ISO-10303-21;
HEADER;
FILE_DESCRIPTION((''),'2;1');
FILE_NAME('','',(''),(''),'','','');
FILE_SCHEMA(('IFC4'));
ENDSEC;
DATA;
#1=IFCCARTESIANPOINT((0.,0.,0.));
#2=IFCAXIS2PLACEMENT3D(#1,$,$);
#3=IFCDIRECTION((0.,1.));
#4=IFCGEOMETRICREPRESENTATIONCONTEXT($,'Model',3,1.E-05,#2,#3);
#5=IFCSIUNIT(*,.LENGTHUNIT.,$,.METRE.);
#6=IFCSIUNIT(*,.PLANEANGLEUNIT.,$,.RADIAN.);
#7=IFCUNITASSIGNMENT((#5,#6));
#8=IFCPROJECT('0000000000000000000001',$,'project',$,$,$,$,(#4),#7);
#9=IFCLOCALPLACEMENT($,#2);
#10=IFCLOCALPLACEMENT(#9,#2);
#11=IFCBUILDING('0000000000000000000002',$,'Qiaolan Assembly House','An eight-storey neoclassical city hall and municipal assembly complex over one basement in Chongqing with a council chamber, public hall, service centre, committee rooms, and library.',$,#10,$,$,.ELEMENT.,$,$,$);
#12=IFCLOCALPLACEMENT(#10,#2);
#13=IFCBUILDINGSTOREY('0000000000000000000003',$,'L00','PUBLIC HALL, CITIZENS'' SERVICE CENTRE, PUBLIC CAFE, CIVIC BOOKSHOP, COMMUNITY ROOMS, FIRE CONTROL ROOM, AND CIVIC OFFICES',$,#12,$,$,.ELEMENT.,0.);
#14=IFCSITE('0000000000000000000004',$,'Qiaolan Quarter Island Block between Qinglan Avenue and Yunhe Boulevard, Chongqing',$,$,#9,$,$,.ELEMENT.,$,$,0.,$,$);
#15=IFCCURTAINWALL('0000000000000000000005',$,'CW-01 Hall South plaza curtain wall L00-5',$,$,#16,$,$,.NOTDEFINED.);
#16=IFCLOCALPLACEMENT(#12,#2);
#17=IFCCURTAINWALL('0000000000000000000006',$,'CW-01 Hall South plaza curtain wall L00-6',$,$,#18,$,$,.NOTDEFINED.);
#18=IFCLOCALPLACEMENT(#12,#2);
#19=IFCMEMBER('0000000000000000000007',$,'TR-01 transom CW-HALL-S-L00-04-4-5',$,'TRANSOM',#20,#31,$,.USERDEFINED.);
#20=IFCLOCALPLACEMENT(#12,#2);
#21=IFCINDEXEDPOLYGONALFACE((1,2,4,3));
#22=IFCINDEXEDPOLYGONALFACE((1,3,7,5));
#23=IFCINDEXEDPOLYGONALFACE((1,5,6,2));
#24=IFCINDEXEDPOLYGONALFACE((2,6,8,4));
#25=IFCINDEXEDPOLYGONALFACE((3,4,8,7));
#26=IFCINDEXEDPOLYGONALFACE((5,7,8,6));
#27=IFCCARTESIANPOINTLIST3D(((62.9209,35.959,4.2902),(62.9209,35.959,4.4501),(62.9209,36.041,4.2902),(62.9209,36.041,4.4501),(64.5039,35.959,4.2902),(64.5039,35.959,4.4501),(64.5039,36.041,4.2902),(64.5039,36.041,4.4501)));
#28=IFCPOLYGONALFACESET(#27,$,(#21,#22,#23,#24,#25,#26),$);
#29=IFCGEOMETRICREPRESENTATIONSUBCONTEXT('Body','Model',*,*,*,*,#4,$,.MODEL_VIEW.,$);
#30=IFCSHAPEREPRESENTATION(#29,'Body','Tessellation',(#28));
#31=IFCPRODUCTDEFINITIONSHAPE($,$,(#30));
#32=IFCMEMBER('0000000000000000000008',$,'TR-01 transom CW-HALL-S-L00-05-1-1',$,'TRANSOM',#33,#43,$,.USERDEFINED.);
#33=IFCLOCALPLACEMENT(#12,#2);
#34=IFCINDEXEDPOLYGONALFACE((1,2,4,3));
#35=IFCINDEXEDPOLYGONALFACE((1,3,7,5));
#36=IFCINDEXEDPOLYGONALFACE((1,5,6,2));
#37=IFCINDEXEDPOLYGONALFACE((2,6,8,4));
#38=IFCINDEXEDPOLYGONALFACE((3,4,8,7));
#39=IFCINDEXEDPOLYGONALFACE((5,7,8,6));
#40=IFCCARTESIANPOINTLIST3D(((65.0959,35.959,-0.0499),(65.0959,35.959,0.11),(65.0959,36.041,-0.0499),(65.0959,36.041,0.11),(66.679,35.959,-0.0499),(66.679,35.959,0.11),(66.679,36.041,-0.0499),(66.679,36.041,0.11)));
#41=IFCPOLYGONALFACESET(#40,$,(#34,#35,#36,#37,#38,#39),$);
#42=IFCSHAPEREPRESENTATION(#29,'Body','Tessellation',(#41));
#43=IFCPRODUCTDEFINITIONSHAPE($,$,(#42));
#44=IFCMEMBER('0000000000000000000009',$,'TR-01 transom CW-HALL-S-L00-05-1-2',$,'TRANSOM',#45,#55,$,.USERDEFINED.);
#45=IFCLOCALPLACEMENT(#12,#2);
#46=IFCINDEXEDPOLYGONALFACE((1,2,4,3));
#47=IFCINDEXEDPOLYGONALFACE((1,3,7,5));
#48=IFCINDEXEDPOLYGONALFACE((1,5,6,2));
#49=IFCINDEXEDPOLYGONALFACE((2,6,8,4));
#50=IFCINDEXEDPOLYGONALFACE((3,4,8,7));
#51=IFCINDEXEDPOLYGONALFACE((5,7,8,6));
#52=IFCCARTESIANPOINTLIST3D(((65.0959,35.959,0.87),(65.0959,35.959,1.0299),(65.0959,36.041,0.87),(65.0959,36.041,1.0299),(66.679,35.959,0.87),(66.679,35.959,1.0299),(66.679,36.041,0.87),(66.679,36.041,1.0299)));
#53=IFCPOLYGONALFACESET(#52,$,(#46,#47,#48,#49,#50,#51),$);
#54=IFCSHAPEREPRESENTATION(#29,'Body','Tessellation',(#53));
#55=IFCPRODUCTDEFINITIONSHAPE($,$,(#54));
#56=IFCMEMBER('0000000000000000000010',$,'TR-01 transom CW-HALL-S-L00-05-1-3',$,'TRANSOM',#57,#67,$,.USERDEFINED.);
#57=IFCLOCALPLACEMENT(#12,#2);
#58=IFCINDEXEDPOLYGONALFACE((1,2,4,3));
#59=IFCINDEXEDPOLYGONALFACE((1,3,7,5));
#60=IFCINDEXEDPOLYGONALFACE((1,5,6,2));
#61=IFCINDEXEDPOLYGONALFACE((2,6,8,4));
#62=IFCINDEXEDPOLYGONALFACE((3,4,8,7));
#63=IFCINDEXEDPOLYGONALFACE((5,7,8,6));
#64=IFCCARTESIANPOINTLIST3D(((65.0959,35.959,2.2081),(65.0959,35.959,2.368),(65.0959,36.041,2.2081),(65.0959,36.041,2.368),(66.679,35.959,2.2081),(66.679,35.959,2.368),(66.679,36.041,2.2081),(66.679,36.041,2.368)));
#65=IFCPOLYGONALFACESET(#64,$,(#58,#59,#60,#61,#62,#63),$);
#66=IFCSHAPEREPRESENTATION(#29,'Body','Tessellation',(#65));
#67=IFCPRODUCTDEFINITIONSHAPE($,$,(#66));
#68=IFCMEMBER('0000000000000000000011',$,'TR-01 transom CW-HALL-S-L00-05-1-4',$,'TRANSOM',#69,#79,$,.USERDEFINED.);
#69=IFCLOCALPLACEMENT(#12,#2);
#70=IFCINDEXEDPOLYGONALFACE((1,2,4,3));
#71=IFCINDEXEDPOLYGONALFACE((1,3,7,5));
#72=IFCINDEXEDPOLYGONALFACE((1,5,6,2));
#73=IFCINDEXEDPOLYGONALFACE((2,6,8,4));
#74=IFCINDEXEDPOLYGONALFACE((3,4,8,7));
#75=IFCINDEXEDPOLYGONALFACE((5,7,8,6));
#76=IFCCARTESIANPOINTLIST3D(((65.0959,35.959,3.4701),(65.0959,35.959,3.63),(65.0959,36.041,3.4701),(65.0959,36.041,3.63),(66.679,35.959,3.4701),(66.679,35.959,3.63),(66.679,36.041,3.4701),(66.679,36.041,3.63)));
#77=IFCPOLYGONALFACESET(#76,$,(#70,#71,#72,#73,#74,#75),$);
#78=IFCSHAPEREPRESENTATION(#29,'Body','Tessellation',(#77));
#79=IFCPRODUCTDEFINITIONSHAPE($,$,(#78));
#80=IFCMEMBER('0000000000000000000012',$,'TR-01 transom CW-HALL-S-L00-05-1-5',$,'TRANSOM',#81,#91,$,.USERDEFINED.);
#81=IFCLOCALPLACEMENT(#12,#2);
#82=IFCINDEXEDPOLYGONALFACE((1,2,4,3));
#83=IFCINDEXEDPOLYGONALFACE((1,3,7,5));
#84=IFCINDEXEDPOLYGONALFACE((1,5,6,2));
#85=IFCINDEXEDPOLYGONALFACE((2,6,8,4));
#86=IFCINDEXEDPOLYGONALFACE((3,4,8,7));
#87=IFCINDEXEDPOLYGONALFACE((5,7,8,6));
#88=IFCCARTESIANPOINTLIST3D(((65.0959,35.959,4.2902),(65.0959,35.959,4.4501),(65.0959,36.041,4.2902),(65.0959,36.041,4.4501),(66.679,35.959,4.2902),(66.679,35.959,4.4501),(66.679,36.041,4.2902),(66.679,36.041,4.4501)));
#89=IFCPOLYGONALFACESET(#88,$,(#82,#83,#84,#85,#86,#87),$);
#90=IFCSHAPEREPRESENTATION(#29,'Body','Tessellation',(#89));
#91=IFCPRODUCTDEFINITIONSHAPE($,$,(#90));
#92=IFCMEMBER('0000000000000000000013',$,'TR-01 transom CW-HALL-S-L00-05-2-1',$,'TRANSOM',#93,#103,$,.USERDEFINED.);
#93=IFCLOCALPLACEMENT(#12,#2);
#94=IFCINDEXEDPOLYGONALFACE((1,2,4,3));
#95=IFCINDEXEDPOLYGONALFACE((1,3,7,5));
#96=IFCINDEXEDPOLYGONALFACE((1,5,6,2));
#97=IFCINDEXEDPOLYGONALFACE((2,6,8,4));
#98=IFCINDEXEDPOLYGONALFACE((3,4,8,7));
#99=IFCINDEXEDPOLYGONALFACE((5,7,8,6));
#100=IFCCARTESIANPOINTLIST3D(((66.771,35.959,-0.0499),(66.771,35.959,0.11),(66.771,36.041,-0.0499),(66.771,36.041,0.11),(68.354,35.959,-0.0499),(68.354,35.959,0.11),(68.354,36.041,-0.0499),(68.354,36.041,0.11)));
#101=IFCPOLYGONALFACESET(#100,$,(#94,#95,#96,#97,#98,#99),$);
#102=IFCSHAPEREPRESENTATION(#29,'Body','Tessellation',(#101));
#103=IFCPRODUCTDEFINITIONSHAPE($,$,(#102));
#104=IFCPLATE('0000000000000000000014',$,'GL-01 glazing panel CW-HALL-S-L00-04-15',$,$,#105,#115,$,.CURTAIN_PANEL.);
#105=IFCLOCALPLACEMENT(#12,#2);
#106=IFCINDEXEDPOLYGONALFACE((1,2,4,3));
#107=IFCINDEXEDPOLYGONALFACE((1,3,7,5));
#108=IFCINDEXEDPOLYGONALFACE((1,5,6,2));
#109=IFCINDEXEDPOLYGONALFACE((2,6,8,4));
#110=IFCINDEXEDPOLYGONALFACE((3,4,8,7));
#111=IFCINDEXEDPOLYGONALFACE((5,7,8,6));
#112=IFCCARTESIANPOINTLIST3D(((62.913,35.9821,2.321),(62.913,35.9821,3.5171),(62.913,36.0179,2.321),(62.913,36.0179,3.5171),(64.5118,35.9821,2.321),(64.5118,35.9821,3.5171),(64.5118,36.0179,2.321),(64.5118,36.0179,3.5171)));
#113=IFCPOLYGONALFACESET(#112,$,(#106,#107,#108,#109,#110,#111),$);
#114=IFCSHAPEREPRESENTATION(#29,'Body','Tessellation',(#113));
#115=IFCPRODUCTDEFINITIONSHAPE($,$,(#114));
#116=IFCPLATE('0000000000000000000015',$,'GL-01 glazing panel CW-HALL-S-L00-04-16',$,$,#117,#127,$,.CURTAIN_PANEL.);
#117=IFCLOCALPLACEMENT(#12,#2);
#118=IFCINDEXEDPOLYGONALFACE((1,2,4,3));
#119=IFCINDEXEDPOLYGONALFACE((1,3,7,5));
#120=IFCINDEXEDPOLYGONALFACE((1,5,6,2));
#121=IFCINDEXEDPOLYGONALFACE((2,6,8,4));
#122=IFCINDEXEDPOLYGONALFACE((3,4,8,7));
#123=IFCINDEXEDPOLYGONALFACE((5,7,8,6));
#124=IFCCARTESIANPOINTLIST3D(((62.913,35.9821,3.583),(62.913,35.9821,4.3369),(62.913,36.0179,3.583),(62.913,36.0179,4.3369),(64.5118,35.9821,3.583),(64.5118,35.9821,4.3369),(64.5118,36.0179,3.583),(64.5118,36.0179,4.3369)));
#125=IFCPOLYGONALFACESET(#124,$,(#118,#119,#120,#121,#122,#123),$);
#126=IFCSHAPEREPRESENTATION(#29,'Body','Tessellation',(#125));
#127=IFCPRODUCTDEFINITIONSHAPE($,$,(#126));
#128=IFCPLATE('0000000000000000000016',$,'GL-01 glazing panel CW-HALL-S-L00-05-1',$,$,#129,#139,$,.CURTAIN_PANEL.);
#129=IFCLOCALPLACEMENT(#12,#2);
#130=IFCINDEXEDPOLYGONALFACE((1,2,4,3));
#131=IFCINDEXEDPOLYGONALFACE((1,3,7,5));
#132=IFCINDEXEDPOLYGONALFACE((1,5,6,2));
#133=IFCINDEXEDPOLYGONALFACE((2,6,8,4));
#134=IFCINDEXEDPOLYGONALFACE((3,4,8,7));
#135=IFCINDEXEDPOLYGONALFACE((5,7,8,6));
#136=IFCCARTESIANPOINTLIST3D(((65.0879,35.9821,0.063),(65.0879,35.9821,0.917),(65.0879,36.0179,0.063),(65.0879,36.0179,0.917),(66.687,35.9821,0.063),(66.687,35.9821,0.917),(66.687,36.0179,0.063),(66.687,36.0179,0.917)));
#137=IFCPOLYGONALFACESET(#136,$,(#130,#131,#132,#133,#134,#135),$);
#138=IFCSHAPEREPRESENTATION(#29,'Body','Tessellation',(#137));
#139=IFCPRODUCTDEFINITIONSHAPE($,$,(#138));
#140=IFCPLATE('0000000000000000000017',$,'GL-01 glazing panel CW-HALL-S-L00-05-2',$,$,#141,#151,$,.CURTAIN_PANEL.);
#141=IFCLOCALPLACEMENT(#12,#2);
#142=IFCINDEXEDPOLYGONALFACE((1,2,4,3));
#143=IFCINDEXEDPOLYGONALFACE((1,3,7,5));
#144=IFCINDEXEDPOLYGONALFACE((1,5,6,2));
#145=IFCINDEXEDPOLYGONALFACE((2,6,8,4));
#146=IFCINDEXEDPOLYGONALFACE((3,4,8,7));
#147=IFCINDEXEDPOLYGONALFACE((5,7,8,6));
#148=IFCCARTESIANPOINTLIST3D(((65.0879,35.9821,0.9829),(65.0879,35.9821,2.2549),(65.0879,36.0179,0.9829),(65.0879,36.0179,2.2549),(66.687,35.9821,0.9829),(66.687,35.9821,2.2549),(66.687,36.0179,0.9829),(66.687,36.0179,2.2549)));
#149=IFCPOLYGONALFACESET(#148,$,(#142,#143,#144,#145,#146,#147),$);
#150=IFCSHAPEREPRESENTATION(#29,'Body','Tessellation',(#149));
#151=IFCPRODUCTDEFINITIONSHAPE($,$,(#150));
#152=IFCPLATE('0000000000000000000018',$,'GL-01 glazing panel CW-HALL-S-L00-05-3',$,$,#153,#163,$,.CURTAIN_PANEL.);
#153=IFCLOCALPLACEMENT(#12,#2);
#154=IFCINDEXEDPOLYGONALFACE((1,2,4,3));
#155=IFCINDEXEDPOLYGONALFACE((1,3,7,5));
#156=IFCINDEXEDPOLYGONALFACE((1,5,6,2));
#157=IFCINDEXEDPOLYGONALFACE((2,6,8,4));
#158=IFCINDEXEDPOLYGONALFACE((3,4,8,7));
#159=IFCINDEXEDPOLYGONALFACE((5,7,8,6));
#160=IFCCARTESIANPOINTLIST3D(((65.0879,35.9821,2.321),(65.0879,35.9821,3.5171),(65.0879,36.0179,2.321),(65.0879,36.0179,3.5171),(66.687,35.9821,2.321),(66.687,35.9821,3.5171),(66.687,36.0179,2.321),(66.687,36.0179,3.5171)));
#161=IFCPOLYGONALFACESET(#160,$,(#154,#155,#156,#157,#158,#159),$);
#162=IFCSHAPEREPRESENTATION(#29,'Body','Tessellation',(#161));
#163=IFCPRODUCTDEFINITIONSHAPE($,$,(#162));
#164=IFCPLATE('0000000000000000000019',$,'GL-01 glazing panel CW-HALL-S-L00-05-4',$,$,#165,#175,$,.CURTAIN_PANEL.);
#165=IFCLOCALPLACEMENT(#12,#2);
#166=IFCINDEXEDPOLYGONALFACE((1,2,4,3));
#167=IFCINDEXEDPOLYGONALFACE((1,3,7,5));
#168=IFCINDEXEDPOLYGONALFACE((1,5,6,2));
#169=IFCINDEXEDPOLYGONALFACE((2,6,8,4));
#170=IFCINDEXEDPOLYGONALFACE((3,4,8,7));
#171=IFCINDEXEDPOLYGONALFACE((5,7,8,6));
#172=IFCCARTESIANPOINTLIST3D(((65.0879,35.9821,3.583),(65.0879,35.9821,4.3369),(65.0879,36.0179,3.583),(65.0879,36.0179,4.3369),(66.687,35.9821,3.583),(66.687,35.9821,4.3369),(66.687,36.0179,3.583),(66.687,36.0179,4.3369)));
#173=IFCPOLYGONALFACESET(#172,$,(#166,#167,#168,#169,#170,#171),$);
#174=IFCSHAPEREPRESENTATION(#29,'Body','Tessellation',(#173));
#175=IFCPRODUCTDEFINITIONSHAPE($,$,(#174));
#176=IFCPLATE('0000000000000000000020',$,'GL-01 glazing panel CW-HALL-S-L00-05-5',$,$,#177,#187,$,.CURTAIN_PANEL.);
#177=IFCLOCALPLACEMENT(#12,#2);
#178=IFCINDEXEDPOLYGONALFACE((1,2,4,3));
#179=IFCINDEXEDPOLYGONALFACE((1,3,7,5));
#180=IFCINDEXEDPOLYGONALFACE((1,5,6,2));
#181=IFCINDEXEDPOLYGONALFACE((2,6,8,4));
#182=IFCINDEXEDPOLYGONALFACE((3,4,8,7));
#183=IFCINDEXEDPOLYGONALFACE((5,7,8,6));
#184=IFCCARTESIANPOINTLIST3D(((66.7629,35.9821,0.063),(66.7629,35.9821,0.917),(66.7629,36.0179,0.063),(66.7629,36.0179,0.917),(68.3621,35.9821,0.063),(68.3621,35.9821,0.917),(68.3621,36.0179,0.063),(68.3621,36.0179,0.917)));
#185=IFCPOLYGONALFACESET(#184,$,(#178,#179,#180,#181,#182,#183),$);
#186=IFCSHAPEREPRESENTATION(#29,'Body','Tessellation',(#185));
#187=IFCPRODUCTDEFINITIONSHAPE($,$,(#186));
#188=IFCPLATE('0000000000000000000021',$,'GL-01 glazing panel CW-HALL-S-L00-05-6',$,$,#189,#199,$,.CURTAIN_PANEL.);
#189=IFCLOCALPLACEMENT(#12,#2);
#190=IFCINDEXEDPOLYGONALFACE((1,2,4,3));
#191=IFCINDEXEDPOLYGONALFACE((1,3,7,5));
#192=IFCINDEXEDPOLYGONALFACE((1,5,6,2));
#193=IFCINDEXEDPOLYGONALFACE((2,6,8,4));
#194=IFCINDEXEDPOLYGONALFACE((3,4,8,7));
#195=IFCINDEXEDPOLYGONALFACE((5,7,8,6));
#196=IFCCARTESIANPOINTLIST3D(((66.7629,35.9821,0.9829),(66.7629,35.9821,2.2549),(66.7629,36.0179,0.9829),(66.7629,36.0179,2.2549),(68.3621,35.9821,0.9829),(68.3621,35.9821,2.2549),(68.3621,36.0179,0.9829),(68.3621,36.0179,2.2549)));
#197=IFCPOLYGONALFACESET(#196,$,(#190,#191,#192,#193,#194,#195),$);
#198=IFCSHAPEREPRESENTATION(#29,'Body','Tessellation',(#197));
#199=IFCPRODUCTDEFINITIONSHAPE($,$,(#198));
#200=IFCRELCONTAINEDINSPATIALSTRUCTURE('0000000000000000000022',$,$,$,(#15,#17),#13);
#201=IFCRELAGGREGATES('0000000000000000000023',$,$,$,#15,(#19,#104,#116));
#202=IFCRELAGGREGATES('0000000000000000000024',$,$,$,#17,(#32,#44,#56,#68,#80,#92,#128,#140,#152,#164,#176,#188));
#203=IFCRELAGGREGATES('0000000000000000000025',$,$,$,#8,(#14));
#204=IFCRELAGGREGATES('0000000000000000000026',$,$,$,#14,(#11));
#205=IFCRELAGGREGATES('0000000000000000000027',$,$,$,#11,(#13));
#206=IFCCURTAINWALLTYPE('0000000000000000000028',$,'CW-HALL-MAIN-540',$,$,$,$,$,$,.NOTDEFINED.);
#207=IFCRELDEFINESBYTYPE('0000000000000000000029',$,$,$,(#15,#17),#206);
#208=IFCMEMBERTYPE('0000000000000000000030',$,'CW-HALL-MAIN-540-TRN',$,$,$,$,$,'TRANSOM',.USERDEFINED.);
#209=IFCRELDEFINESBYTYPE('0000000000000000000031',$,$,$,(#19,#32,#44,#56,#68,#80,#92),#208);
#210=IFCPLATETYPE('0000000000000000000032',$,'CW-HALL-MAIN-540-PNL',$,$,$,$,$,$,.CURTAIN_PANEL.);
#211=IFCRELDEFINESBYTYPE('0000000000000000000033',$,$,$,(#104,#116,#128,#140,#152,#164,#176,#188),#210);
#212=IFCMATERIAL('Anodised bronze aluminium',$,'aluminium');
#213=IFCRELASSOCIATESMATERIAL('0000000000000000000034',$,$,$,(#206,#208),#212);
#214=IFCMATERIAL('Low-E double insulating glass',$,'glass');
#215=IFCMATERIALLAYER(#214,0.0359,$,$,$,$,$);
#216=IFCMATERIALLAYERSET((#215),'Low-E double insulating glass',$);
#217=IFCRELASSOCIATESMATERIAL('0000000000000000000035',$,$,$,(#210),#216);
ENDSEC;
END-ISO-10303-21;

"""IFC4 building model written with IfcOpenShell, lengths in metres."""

from ifc_helpers import new_model, si_unit, direction, frame, frame_2d, origin, origin_2d, place, context, subcontext, project, spatial, rectangle, extrude, material, layer, layer_set, material_profile, profile_set, type_object, element, aggregate, save


model = new_model("IFC4")

# Units and contexts
model_context = context("Model", 3, precision=1e-05, world=origin(), true_north=direction((0.0, 1.0)))
body_context = subcontext(model_context, "Body", "Model", "MODEL_VIEW")
ifc_project = project(units=[si_unit("LENGTHUNIT", "METRE"), si_unit("PLANEANGLEUNIT", "RADIAN")], contexts=[model_context])

# Site, building, storey
site_placement = place(None, origin())
site = spatial("IfcSite", under=ifc_project, at=site_placement, Name="Qiaolan Quarter Island Block between Qinglan Avenue and Yunhe Boulevard, Chongqing", CompositionType="ELEMENT", RefElevation=0.0)
building_placement = place(site_placement, origin())
building = spatial("IfcBuilding", under=site, at=building_placement, Name="Qiaolan Assembly House", Description="An eight-storey neoclassical city hall and municipal assembly complex over one basement in Chongqing with a council chamber, public hall, service centre, committee rooms, and library.", CompositionType="ELEMENT")
storey_placement = place(building_placement, origin())
storey = spatial("IfcBuildingStorey", under=building, at=storey_placement, Name="L00", Description="PUBLIC HALL, CITIZENS' SERVICE CENTRE, PUBLIC CAFE, CIVIC BOOKSHOP, COMMUNITY ROOMS, FIRE CONTROL ROOM, AND CIVIC OFFICES", CompositionType="ELEMENT", Elevation=0.0)

# Curtain wall
ifc_material_1 = material(Name="Anodised bronze aluminium", Category="aluminium")
curtain_wall_type = type_object("IfcCurtainWallType", Name="CW-HALL-MAIN-540", PredefinedType="NOTDEFINED", material=ifc_material_1)
curtain_wall_1_placement = place(storey_placement, origin())
curtain_wall_1 = element("IfcCurtainWall", 1, at=curtain_wall_1_placement, inside=storey, type_object=curtain_wall_type, Name="CW-01 Hall South plaza curtain wall L00-5", PredefinedType="NOTDEFINED")

# Curtain wall
curtain_wall_2_placement = place(storey_placement, origin())
curtain_wall_2 = element("IfcCurtainWall", 2, at=curtain_wall_2_placement, inside=storey, type_object=curtain_wall_type, Name="CW-01 Hall South plaza curtain wall L00-6", PredefinedType="NOTDEFINED")

# Members
ifc_material_profile_1 = material_profile(ifc_material_1, rectangle(XDim=0.082, YDim=0.1599, at=origin_2d()), Name="TRN 82x160")
ifc_profile_set_1 = profile_set([ifc_material_profile_1], Name="Anodised bronze aluminium")
member_type_1 = type_object("IfcMemberType", Name="CW-HALL-MAIN-540-TRN", ElementType="TRANSOM", PredefinedType="USERDEFINED", material=ifc_profile_set_1)
member_1_placement = place(storey_placement, frame((62.9209, 36.0, 4.3701), z_axis=(1.0, 0.0, 0.0), x_axis=(0.0, 1.0, 0.0)))
member_1 = element("IfcMember", 3, at=member_1_placement, type_object=member_type_1, Name="TR-01 transom CW-HALL-S-L00-04-4-5", ObjectType="TRANSOM", PredefinedType="USERDEFINED", context=body_context, shape_type="SweptSolid", body=[
    extrude(rectangle(XDim=0.082, YDim=0.1599, at=origin_2d()), origin(), (0.0, 0.0, 1.0), 1.583),
])
member_2_placement = place(storey_placement, frame((65.0959, 36.0, 0.03), z_axis=(1.0, 0.0, 0.0), x_axis=(0.0, 1.0, 0.0)))
member_2 = element("IfcMember", 4, at=member_2_placement, type_object=member_type_1, Name="TR-01 transom CW-HALL-S-L00-05-1-1", ObjectType="TRANSOM", PredefinedType="USERDEFINED", context=body_context, shape_type="SweptSolid", body=[
    extrude(rectangle(XDim=0.082, YDim=0.1599, at=origin_2d()), origin(), (0.0, 0.0, 1.0), 1.583),
])
member_3_placement = place(storey_placement, frame((65.0959, 36.0, 0.95), z_axis=(1.0, 0.0, 0.0), x_axis=(0.0, 1.0, 0.0)))
member_3 = element("IfcMember", 5, at=member_3_placement, type_object=member_type_1, Name="TR-01 transom CW-HALL-S-L00-05-1-2", ObjectType="TRANSOM", PredefinedType="USERDEFINED", context=body_context, shape_type="SweptSolid", body=[
    extrude(rectangle(XDim=0.082, YDim=0.1599, at=origin_2d()), origin(), (0.0, 0.0, 1.0), 1.583),
])
member_4_placement = place(storey_placement, frame((65.0959, 36.0, 2.2881), z_axis=(1.0, 0.0, 0.0), x_axis=(0.0, 1.0, 0.0)))
member_4 = element("IfcMember", 6, at=member_4_placement, type_object=member_type_1, Name="TR-01 transom CW-HALL-S-L00-05-1-3", ObjectType="TRANSOM", PredefinedType="USERDEFINED", context=body_context, shape_type="SweptSolid", body=[
    extrude(rectangle(XDim=0.082, YDim=0.1599, at=origin_2d()), origin(), (0.0, 0.0, 1.0), 1.583),
])
member_5_placement = place(storey_placement, frame((65.0959, 36.0, 3.55), z_axis=(1.0, 0.0, 0.0), x_axis=(0.0, 1.0, 0.0)))
member_5 = element("IfcMember", 7, at=member_5_placement, type_object=member_type_1, Name="TR-01 transom CW-HALL-S-L00-05-1-4", ObjectType="TRANSOM", PredefinedType="USERDEFINED", context=body_context, shape_type="SweptSolid", body=[
    extrude(rectangle(XDim=0.082, YDim=0.1599, at=origin_2d()), origin(), (0.0, 0.0, 1.0), 1.583),
])
member_6_placement = place(storey_placement, frame((65.0959, 36.0, 4.3701), z_axis=(1.0, 0.0, 0.0), x_axis=(0.0, 1.0, 0.0)))
member_6 = element("IfcMember", 8, at=member_6_placement, type_object=member_type_1, Name="TR-01 transom CW-HALL-S-L00-05-1-5", ObjectType="TRANSOM", PredefinedType="USERDEFINED", context=body_context, shape_type="SweptSolid", body=[
    extrude(rectangle(XDim=0.082, YDim=0.1599, at=origin_2d()), origin(), (0.0, 0.0, 1.0), 1.583),
])
member_7_placement = place(storey_placement, frame((66.771, 36.0, 0.03), z_axis=(1.0, 0.0, 0.0), x_axis=(0.0, 1.0, 0.0)))
member_7 = element("IfcMember", 9, at=member_7_placement, type_object=member_type_1, Name="TR-01 transom CW-HALL-S-L00-05-2-1", ObjectType="TRANSOM", PredefinedType="USERDEFINED", context=body_context, shape_type="SweptSolid", body=[
    extrude(rectangle(XDim=0.082, YDim=0.1599, at=origin_2d()), origin(), (0.0, 0.0, 1.0), 1.583),
])

# Plates
ifc_material_2 = material(Name="Low-E double insulating glass", Category="glass")
ifc_layer = layer(ifc_material_2, 0.0359)
ifc_layer_set = layer_set([ifc_layer], Name="Low-E double insulating glass")
plate_type = type_object("IfcPlateType", Name="CW-HALL-MAIN-540-PNL", PredefinedType="CURTAIN_PANEL", material=ifc_layer_set)
plate_1_placement = place(storey_placement, frame((62.9131, 36.0, 2.321), z_axis=(0.0, 0.0, 1.0), x_axis=(1.0, 0.0, 0.0)))
plate_1 = element("IfcPlate", 10, at=plate_1_placement, type_object=plate_type, Name="GL-01 glazing panel CW-HALL-S-L00-04-15", PredefinedType="CURTAIN_PANEL", context=body_context, shape_type="SweptSolid", body=[
    extrude(rectangle(XDim=1.5989, YDim=0.0359, at=frame_2d((0.7993, 0.0))), origin(), (0.0, 0.0, 1.0), 1.196),
])
plate_2_placement = place(storey_placement, frame((62.9131, 36.0, 3.583), z_axis=(0.0, 0.0, 1.0), x_axis=(1.0, 0.0, 0.0)))
plate_2 = element("IfcPlate", 11, at=plate_2_placement, type_object=plate_type, Name="GL-01 glazing panel CW-HALL-S-L00-04-16", PredefinedType="CURTAIN_PANEL", context=body_context, shape_type="SweptSolid", body=[
    extrude(rectangle(XDim=1.5989, YDim=0.0359, at=frame_2d((0.7993, 0.0))), origin(), (0.0, 0.0, 1.0), 0.7539),
])
aggregate(curtain_wall_1, [member_1, plate_1, plate_2])
plate_3_placement = place(storey_placement, frame((65.0879, 36.0, 0.063), z_axis=(0.0, 0.0, 1.0), x_axis=(1.0, 0.0, 0.0)))
plate_3 = element("IfcPlate", 12, at=plate_3_placement, type_object=plate_type, Name="GL-01 glazing panel CW-HALL-S-L00-05-1", PredefinedType="CURTAIN_PANEL", context=body_context, shape_type="SweptSolid", body=[
    extrude(rectangle(XDim=1.5991, YDim=0.0359, at=frame_2d((0.7996, 0.0))), origin(), (0.0, 0.0, 1.0), 0.854),
])
plate_4_placement = place(storey_placement, frame((65.0879, 36.0, 0.9829), z_axis=(0.0, 0.0, 1.0), x_axis=(1.0, 0.0, 0.0)))
plate_4 = element("IfcPlate", 13, at=plate_4_placement, type_object=plate_type, Name="GL-01 glazing panel CW-HALL-S-L00-05-2", PredefinedType="CURTAIN_PANEL", context=body_context, shape_type="SweptSolid", body=[
    extrude(rectangle(XDim=1.5991, YDim=0.0359, at=frame_2d((0.7996, 0.0))), origin(), (0.0, 0.0, 1.0), 1.272),
])
plate_5_placement = place(storey_placement, frame((65.0879, 36.0, 2.321), z_axis=(0.0, 0.0, 1.0), x_axis=(1.0, 0.0, 0.0)))
plate_5 = element("IfcPlate", 14, at=plate_5_placement, type_object=plate_type, Name="GL-01 glazing panel CW-HALL-S-L00-05-3", PredefinedType="CURTAIN_PANEL", context=body_context, shape_type="SweptSolid", body=[
    extrude(rectangle(XDim=1.5991, YDim=0.0359, at=frame_2d((0.7996, 0.0))), origin(), (0.0, 0.0, 1.0), 1.196),
])
plate_6_placement = place(storey_placement, frame((65.0879, 36.0, 3.583), z_axis=(0.0, 0.0, 1.0), x_axis=(1.0, 0.0, 0.0)))
plate_6 = element("IfcPlate", 15, at=plate_6_placement, type_object=plate_type, Name="GL-01 glazing panel CW-HALL-S-L00-05-4", PredefinedType="CURTAIN_PANEL", context=body_context, shape_type="SweptSolid", body=[
    extrude(rectangle(XDim=1.5991, YDim=0.0359, at=frame_2d((0.7996, 0.0))), origin(), (0.0, 0.0, 1.0), 0.7539),
])
plate_7_placement = place(storey_placement, frame((66.7629, 36.0, 0.063), z_axis=(0.0, 0.0, 1.0), x_axis=(1.0, 0.0, 0.0)))
plate_7 = element("IfcPlate", 16, at=plate_7_placement, type_object=plate_type, Name="GL-01 glazing panel CW-HALL-S-L00-05-5", PredefinedType="CURTAIN_PANEL", context=body_context, shape_type="SweptSolid", body=[
    extrude(rectangle(XDim=1.5991, YDim=0.0359, at=frame_2d((0.7996, 0.0))), origin(), (0.0, 0.0, 1.0), 0.854),
])
plate_8_placement = place(storey_placement, frame((66.7629, 36.0, 0.9829), z_axis=(0.0, 0.0, 1.0), x_axis=(1.0, 0.0, 0.0)))
plate_8 = element("IfcPlate", 17, at=plate_8_placement, type_object=plate_type, Name="GL-01 glazing panel CW-HALL-S-L00-05-6", PredefinedType="CURTAIN_PANEL", context=body_context, shape_type="SweptSolid", body=[
    extrude(rectangle(XDim=1.5991, YDim=0.0359, at=frame_2d((0.7996, 0.0))), origin(), (0.0, 0.0, 1.0), 1.272),
])
aggregate(curtain_wall_2, [member_2, member_3, member_4, member_5, member_6, member_7, plate_3, plate_4, plate_5, plate_6, plate_7, plate_8])

save(model, "model.ifc")
